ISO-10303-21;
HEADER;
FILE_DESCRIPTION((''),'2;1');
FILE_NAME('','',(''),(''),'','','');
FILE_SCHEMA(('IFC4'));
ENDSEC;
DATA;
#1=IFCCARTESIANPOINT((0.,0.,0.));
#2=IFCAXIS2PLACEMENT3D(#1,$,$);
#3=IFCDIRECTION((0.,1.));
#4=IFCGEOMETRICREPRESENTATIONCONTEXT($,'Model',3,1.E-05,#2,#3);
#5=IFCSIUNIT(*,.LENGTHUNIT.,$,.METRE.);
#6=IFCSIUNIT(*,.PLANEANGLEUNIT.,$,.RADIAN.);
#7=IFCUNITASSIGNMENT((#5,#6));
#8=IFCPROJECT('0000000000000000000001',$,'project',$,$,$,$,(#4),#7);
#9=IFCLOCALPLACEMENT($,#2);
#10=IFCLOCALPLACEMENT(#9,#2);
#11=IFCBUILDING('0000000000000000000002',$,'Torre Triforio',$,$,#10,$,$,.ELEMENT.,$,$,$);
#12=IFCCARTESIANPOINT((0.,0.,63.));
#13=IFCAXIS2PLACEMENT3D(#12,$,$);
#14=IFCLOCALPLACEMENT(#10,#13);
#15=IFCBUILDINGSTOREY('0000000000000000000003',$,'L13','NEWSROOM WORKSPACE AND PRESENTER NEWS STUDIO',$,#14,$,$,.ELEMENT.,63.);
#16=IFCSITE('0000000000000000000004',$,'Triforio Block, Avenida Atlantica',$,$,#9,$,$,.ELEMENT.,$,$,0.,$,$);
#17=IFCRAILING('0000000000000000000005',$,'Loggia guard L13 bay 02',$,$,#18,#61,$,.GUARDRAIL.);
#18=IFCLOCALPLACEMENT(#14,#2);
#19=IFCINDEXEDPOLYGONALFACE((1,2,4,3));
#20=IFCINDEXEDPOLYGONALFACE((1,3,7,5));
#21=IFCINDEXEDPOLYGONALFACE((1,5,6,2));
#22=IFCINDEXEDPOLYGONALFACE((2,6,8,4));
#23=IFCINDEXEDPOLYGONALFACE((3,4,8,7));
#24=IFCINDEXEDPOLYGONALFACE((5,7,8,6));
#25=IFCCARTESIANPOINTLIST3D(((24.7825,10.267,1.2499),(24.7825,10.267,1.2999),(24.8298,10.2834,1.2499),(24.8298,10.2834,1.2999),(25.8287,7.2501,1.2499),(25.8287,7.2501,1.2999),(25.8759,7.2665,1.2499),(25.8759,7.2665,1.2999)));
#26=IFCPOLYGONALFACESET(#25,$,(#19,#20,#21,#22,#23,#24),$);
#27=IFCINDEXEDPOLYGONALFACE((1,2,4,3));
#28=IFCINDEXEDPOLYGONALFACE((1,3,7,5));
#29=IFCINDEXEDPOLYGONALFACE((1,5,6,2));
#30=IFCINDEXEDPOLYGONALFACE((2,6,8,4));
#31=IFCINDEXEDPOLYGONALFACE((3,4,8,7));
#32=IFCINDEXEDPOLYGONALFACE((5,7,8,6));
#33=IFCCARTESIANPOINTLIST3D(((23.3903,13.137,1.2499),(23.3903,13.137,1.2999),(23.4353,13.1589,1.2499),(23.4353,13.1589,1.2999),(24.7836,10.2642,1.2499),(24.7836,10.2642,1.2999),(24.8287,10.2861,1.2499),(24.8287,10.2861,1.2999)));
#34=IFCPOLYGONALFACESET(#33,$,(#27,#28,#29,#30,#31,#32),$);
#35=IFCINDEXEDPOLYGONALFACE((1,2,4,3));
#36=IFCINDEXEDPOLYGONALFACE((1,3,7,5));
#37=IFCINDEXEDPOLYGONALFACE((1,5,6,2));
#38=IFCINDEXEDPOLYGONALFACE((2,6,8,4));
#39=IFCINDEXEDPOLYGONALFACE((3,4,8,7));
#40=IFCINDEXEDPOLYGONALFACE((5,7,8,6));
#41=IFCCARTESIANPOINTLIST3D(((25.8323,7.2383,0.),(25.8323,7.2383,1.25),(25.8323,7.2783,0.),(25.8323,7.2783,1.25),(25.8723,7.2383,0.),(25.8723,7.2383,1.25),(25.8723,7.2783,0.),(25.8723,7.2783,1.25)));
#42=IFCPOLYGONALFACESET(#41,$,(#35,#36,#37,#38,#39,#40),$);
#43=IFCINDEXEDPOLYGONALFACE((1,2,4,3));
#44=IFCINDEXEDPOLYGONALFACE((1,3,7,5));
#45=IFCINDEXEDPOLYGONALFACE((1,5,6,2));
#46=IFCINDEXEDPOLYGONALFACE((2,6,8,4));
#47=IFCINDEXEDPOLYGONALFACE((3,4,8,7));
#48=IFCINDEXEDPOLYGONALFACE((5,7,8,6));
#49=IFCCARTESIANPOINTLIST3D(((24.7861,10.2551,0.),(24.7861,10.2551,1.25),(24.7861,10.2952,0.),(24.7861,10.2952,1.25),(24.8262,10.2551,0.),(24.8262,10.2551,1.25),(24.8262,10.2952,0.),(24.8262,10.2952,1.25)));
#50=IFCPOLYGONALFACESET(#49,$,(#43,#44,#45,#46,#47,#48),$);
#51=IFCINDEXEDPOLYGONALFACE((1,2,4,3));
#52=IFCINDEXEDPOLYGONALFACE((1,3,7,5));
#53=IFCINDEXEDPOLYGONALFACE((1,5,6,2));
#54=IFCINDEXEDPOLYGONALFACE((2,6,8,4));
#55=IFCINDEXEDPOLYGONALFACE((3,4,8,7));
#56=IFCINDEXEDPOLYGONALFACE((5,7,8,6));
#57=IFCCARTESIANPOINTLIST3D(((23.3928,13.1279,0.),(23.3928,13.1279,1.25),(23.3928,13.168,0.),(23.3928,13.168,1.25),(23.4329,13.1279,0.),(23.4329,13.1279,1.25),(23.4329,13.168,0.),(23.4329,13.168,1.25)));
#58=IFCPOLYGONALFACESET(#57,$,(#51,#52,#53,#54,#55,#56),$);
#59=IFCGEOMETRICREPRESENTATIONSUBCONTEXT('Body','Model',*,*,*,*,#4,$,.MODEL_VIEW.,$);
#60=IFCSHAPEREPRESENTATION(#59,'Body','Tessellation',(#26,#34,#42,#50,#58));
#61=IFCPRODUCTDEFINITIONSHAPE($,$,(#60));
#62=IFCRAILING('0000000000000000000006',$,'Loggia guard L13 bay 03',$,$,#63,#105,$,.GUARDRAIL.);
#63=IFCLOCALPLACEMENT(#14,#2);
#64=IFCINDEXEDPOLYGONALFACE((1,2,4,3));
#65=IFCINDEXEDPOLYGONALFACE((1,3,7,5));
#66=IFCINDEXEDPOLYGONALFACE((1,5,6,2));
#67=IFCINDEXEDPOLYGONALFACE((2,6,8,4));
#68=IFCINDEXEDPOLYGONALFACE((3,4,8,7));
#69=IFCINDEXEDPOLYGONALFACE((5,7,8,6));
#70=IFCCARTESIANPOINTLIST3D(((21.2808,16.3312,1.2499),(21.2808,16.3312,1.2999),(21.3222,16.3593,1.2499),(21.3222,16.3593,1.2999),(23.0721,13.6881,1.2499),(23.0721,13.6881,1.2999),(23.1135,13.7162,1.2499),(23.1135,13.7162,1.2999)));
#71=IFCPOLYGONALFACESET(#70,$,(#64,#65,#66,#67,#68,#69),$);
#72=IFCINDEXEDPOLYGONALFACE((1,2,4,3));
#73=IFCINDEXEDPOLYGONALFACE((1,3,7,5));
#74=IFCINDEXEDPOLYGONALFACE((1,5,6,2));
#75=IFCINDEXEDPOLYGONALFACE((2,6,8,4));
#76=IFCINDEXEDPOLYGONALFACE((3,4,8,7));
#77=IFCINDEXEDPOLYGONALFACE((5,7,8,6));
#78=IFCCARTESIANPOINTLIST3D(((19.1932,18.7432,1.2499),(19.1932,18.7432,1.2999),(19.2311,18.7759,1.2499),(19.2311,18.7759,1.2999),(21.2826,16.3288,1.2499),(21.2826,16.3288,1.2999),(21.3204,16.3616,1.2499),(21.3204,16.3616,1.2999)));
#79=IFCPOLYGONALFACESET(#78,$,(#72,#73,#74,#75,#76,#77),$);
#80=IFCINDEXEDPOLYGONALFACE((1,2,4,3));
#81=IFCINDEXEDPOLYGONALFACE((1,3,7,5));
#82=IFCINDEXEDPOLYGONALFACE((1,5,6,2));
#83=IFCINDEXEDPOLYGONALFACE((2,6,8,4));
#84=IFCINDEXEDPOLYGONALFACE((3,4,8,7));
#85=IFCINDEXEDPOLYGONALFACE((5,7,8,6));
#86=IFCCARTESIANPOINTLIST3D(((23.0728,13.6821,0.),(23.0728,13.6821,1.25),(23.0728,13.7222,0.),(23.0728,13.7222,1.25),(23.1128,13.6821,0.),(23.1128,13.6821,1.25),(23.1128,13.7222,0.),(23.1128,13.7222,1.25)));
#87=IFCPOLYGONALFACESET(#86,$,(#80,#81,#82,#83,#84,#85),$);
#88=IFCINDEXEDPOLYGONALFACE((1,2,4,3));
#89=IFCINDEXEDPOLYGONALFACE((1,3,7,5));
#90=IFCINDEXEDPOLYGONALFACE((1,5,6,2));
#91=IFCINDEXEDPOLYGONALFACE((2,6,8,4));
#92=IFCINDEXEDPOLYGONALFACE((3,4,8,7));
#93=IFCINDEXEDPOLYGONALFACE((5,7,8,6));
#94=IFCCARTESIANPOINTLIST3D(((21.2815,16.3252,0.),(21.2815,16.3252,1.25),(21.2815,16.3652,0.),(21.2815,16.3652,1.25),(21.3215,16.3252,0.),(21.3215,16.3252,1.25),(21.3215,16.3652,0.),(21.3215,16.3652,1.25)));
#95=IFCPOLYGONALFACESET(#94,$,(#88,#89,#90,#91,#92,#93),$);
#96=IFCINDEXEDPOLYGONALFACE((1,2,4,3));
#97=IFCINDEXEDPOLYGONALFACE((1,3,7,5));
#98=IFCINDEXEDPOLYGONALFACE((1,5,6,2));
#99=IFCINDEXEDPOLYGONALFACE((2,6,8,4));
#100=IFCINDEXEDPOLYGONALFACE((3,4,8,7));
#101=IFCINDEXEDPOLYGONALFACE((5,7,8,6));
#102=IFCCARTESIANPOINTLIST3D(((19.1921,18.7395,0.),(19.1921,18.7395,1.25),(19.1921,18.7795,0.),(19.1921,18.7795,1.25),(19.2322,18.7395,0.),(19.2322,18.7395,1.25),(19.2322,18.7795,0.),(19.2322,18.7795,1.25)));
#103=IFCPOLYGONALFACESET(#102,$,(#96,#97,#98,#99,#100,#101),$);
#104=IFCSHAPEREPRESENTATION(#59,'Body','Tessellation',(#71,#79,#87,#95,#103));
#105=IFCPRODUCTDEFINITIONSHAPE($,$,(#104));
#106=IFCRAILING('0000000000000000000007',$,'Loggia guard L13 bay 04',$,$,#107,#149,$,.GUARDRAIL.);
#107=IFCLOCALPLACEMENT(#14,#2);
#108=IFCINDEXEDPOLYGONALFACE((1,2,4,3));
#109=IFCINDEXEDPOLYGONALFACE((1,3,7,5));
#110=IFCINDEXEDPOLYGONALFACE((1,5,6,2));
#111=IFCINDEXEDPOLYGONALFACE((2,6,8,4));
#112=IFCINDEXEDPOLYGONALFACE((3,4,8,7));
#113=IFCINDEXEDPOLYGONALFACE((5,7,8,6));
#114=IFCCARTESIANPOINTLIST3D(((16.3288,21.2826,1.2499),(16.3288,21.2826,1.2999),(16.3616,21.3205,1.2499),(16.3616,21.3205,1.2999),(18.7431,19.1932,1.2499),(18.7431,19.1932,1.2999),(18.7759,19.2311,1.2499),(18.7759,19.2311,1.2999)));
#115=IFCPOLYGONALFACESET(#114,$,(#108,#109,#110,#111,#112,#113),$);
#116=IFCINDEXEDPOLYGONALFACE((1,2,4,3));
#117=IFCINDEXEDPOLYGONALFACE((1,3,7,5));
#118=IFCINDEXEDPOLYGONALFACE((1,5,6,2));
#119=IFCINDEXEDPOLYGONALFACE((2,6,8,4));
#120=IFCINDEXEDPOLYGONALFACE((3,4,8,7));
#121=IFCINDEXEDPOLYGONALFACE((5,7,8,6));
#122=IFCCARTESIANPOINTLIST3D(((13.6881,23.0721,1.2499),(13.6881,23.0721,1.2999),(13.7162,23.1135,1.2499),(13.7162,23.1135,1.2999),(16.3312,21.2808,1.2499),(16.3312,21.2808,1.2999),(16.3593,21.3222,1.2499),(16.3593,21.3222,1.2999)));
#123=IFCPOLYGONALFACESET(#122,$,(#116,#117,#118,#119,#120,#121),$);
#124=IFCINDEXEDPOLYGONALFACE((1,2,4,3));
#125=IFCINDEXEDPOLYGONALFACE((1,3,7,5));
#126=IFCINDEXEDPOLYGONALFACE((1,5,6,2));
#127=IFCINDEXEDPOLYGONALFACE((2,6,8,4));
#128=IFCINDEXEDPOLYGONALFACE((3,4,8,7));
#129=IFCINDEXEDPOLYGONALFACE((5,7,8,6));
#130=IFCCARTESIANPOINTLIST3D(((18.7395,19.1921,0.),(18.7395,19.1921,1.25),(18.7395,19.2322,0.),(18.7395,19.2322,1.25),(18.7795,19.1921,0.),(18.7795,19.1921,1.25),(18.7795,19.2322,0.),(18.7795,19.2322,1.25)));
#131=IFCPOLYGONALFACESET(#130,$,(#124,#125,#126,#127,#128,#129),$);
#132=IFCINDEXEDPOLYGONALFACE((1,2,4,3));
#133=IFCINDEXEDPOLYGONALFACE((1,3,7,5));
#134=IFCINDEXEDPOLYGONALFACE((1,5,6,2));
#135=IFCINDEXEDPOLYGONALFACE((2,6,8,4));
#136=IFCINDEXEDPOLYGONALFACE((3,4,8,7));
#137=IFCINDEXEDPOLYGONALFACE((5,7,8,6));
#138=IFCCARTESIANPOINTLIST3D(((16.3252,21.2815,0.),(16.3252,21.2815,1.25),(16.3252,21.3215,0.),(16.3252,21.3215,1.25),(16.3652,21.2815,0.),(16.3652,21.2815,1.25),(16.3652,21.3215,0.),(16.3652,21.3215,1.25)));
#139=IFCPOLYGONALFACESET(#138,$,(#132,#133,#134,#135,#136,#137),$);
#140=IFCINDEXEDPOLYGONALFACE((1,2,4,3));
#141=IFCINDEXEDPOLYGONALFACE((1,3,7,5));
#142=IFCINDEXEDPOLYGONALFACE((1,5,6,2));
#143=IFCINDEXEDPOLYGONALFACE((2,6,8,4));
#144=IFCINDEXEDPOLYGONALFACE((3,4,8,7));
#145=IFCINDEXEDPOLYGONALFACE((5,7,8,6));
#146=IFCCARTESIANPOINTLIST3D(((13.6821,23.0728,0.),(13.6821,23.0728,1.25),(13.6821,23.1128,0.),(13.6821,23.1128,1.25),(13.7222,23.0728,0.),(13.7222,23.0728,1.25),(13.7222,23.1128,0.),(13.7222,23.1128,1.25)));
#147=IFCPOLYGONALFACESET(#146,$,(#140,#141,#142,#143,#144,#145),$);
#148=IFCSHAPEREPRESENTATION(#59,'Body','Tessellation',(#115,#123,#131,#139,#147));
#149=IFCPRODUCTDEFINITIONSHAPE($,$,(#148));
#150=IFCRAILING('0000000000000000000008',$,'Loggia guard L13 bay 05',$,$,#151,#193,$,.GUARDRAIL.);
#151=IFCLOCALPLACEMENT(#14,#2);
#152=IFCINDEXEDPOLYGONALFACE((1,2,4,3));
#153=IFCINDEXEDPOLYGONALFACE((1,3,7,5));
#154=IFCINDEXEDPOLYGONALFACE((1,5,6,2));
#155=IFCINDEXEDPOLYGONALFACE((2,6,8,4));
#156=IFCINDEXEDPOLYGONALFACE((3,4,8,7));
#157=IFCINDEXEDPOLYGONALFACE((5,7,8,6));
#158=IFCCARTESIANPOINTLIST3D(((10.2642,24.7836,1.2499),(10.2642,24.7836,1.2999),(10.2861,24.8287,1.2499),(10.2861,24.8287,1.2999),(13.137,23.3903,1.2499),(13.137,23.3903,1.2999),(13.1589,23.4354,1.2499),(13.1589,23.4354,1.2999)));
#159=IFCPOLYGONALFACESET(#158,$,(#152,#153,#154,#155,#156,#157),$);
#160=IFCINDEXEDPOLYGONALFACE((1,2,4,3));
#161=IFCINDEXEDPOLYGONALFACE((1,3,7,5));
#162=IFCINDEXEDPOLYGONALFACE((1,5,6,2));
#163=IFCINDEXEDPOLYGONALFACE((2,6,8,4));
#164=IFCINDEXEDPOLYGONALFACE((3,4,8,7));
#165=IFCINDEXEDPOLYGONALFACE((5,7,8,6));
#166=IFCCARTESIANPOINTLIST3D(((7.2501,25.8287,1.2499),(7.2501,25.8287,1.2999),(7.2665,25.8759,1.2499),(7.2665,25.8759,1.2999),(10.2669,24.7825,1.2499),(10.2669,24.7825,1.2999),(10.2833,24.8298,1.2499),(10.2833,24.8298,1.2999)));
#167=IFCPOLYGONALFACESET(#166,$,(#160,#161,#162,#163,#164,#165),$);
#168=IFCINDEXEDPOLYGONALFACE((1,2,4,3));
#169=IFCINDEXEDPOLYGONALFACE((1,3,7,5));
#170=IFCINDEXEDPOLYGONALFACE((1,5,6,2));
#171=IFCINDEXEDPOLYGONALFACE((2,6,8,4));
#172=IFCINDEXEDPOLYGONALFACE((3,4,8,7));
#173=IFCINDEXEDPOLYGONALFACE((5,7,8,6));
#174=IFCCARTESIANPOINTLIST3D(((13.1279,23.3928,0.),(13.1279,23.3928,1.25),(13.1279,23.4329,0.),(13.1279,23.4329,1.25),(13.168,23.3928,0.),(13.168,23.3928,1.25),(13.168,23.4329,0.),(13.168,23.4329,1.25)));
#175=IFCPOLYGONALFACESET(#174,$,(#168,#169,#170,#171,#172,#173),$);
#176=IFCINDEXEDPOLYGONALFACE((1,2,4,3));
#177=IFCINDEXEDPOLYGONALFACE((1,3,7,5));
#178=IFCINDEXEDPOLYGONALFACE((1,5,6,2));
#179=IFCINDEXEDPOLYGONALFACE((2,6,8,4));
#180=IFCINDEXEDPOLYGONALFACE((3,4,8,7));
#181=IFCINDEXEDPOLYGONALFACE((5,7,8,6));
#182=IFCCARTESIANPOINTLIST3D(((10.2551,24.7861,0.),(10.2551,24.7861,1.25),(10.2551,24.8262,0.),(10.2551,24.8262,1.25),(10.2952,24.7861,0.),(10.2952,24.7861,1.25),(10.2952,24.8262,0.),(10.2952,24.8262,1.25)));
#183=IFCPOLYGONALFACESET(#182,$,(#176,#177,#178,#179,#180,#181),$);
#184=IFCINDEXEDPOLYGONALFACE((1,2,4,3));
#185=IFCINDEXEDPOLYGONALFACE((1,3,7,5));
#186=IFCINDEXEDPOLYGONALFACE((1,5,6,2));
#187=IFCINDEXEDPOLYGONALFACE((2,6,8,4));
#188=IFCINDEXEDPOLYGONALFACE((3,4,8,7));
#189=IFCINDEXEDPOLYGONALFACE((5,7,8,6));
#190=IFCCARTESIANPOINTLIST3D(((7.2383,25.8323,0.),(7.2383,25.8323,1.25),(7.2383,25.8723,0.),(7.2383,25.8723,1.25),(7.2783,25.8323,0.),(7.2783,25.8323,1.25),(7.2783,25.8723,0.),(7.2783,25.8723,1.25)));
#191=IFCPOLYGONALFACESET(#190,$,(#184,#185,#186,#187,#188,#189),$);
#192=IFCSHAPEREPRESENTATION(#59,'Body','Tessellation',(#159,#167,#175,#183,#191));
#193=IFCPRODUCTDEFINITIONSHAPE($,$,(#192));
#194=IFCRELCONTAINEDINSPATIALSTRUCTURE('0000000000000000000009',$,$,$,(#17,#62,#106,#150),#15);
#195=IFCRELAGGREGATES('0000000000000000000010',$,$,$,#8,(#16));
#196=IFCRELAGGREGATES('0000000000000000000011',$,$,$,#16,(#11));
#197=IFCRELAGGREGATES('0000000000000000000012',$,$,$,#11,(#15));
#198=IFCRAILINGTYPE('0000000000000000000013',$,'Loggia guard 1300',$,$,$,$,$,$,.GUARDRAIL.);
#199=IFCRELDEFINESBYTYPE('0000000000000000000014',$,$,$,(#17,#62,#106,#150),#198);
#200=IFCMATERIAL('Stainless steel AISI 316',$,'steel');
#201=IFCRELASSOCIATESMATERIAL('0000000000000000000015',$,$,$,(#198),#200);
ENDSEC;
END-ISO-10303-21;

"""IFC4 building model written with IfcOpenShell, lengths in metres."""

from ifc_helpers import new_model, si_unit, direction, frame, origin, origin_2d, place, context, subcontext, project, spatial, rectangle, extrude, material, type_object, element, save


model = new_model("IFC4")

# Units and contexts
model_context = context("Model", 3, precision=1e-05, world=origin(), true_north=direction((0.0, 1.0)))
body_context = subcontext(model_context, "Body", "Model", "MODEL_VIEW")
ifc_project = project(units=[si_unit("LENGTHUNIT", "METRE"), si_unit("PLANEANGLEUNIT", "RADIAN")], contexts=[model_context])

# Site, building, storey
site_placement = place(None, origin())
site = spatial("IfcSite", under=ifc_project, at=site_placement, Name="Triforio Block, Avenida Atlantica", CompositionType="ELEMENT", RefElevation=0.0)
building_placement = place(site_placement, origin())
building = spatial("IfcBuilding", under=site, at=building_placement, Name="Torre Triforio", CompositionType="ELEMENT")
storey_placement = place(building_placement, frame((0.0, 0.0, 63.0)))
storey = spatial("IfcBuildingStorey", under=building, at=storey_placement, Name="L13", Description="NEWSROOM WORKSPACE AND PRESENTER NEWS STUDIO", CompositionType="ELEMENT", Elevation=63.0)

# Railings
ifc_material_1 = material(Name="Stainless steel AISI 316", Category="steel")
railing_type = type_object("IfcRailingType", Name="Loggia guard 1300", PredefinedType="GUARDRAIL", material=ifc_material_1)
railing_1_placement = place(storey_placement, frame((25.8523, 7.2583, 0.0)))
element("IfcRailing", 1, at=railing_1_placement, inside=storey, type_object=railing_type, Name="Loggia guard L13 bay 02", PredefinedType="GUARDRAIL", context=body_context, shape_type="SweptSolid", body=[
    extrude(rectangle(XDim=0.05, YDim=0.05, at=origin_2d()), frame((0.0, 0.0, 1.2749), z_axis=(-0.327628, 0.944807, 0.0), x_axis=(-0.944807, -0.327628, 0.0)), (0.0, 0.0, 1.0), 3.1931),
    extrude(rectangle(XDim=0.05, YDim=0.05, at=origin_2d()), frame((-1.0461, 3.0168, 1.2749), z_axis=(-0.436384, 0.89976, 0.0), x_axis=(-0.89976, -0.436384, 0.0)), (0.0, 0.0, 1.0), 3.1929),
    extrude(rectangle(XDim=0.04, YDim=0.04, at=origin_2d()), origin(), (0.0, 0.0, 1.0), 1.25),
    extrude(rectangle(XDim=0.04, YDim=0.04, at=origin_2d()), frame((-1.0461, 3.0168, 0.0)), (0.0, 0.0, 1.0), 1.25),
    extrude(rectangle(XDim=0.04, YDim=0.04, at=origin_2d()), frame((-2.4395, 5.8896, 0.0)), (0.0, 0.0, 1.0), 1.25),
])
railing_2_placement = place(storey_placement, frame((23.0928, 13.7021, 0.0)))
element("IfcRailing", 2, at=railing_2_placement, inside=storey, type_object=railing_type, Name="Loggia guard L13 bay 03", PredefinedType="GUARDRAIL", context=body_context, shape_type="SweptSolid", body=[
    extrude(rectangle(XDim=0.05, YDim=0.05, at=origin_2d()), frame((0.0, 0.0, 1.2749), z_axis=(-0.561019, 0.827803, 0.0), x_axis=(-0.827803, -0.561019, 0.0)), (0.0, 0.0, 1.0), 3.1929),
    extrude(rectangle(XDim=0.05, YDim=0.05, at=origin_2d()), frame((-1.7913, 2.6431, 1.2749), z_axis=(-0.654386, 0.756161, 0.0), x_axis=(-0.756161, -0.654386, 0.0)), (0.0, 0.0, 1.0), 3.1929),
    extrude(rectangle(XDim=0.04, YDim=0.04, at=origin_2d()), origin(), (0.0, 0.0, 1.0), 1.25),
    extrude(rectangle(XDim=0.04, YDim=0.04, at=origin_2d()), frame((-1.7913, 2.6431, 0.0)), (0.0, 0.0, 1.0), 1.25),
    extrude(rectangle(XDim=0.04, YDim=0.04, at=origin_2d()), frame((-3.8806, 5.0574, 0.0)), (0.0, 0.0, 1.0), 1.25),
])
railing_3_placement = place(storey_placement, frame((18.7595, 19.2122, 0.0)))
element("IfcRailing", 3, at=railing_3_placement, inside=storey, type_object=railing_type, Name="Loggia guard L13 bay 04", PredefinedType="GUARDRAIL", context=body_context, shape_type="SweptSolid", body=[
    extrude(rectangle(XDim=0.05, YDim=0.05, at=origin_2d()), frame((0.0, 0.0, 1.2749), z_axis=(-0.756161, 0.654386, 0.0), x_axis=(-0.654386, -0.756161, 0.0)), (0.0, 0.0, 1.0), 3.1929),
    extrude(rectangle(XDim=0.05, YDim=0.05, at=origin_2d()), frame((-2.4143, 2.0894, 1.2749), z_axis=(-0.827803, 0.561019, 0.0), x_axis=(-0.561019, -0.827803, 0.0)), (0.0, 0.0, 1.0), 3.1929),
    extrude(rectangle(XDim=0.04, YDim=0.04, at=origin_2d()), origin(), (0.0, 0.0, 1.0), 1.25),
    extrude(rectangle(XDim=0.04, YDim=0.04, at=origin_2d()), frame((-2.4143, 2.0894, 0.0)), (0.0, 0.0, 1.0), 1.25),
    extrude(rectangle(XDim=0.04, YDim=0.04, at=origin_2d()), frame((-5.0574, 3.8806, 0.0)), (0.0, 0.0, 1.0), 1.25),
])
railing_4_placement = place(storey_placement, frame((13.1479, 23.4128, 0.0)))
element("IfcRailing", 4, at=railing_4_placement, inside=storey, type_object=railing_type, Name="Loggia guard L13 bay 05", PredefinedType="GUARDRAIL", context=body_context, shape_type="SweptSolid", body=[
    extrude(rectangle(XDim=0.05, YDim=0.05, at=origin_2d()), frame((0.0, 0.0, 1.2749), z_axis=(-0.89976, 0.436384, 0.0), x_axis=(-0.436384, -0.89976, 0.0)), (0.0, 0.0, 1.0), 3.1929),
    extrude(rectangle(XDim=0.05, YDim=0.05, at=origin_2d()), frame((-2.8728, 1.3933, 1.2749), z_axis=(-0.944807, 0.327628, 0.0), x_axis=(-0.327628, -0.944807, 0.0)), (0.0, 0.0, 1.0), 3.1931),
    extrude(rectangle(XDim=0.04, YDim=0.04, at=origin_2d()), origin(), (0.0, 0.0, 1.0), 1.25),
    extrude(rectangle(XDim=0.04, YDim=0.04, at=origin_2d()), frame((-2.8728, 1.3933, 0.0)), (0.0, 0.0, 1.0), 1.25),
    extrude(rectangle(XDim=0.04, YDim=0.04, at=origin_2d()), frame((-5.8896, 2.4395, 0.0)), (0.0, 0.0, 1.0), 1.25),
])

save(model, "model.ifc")
